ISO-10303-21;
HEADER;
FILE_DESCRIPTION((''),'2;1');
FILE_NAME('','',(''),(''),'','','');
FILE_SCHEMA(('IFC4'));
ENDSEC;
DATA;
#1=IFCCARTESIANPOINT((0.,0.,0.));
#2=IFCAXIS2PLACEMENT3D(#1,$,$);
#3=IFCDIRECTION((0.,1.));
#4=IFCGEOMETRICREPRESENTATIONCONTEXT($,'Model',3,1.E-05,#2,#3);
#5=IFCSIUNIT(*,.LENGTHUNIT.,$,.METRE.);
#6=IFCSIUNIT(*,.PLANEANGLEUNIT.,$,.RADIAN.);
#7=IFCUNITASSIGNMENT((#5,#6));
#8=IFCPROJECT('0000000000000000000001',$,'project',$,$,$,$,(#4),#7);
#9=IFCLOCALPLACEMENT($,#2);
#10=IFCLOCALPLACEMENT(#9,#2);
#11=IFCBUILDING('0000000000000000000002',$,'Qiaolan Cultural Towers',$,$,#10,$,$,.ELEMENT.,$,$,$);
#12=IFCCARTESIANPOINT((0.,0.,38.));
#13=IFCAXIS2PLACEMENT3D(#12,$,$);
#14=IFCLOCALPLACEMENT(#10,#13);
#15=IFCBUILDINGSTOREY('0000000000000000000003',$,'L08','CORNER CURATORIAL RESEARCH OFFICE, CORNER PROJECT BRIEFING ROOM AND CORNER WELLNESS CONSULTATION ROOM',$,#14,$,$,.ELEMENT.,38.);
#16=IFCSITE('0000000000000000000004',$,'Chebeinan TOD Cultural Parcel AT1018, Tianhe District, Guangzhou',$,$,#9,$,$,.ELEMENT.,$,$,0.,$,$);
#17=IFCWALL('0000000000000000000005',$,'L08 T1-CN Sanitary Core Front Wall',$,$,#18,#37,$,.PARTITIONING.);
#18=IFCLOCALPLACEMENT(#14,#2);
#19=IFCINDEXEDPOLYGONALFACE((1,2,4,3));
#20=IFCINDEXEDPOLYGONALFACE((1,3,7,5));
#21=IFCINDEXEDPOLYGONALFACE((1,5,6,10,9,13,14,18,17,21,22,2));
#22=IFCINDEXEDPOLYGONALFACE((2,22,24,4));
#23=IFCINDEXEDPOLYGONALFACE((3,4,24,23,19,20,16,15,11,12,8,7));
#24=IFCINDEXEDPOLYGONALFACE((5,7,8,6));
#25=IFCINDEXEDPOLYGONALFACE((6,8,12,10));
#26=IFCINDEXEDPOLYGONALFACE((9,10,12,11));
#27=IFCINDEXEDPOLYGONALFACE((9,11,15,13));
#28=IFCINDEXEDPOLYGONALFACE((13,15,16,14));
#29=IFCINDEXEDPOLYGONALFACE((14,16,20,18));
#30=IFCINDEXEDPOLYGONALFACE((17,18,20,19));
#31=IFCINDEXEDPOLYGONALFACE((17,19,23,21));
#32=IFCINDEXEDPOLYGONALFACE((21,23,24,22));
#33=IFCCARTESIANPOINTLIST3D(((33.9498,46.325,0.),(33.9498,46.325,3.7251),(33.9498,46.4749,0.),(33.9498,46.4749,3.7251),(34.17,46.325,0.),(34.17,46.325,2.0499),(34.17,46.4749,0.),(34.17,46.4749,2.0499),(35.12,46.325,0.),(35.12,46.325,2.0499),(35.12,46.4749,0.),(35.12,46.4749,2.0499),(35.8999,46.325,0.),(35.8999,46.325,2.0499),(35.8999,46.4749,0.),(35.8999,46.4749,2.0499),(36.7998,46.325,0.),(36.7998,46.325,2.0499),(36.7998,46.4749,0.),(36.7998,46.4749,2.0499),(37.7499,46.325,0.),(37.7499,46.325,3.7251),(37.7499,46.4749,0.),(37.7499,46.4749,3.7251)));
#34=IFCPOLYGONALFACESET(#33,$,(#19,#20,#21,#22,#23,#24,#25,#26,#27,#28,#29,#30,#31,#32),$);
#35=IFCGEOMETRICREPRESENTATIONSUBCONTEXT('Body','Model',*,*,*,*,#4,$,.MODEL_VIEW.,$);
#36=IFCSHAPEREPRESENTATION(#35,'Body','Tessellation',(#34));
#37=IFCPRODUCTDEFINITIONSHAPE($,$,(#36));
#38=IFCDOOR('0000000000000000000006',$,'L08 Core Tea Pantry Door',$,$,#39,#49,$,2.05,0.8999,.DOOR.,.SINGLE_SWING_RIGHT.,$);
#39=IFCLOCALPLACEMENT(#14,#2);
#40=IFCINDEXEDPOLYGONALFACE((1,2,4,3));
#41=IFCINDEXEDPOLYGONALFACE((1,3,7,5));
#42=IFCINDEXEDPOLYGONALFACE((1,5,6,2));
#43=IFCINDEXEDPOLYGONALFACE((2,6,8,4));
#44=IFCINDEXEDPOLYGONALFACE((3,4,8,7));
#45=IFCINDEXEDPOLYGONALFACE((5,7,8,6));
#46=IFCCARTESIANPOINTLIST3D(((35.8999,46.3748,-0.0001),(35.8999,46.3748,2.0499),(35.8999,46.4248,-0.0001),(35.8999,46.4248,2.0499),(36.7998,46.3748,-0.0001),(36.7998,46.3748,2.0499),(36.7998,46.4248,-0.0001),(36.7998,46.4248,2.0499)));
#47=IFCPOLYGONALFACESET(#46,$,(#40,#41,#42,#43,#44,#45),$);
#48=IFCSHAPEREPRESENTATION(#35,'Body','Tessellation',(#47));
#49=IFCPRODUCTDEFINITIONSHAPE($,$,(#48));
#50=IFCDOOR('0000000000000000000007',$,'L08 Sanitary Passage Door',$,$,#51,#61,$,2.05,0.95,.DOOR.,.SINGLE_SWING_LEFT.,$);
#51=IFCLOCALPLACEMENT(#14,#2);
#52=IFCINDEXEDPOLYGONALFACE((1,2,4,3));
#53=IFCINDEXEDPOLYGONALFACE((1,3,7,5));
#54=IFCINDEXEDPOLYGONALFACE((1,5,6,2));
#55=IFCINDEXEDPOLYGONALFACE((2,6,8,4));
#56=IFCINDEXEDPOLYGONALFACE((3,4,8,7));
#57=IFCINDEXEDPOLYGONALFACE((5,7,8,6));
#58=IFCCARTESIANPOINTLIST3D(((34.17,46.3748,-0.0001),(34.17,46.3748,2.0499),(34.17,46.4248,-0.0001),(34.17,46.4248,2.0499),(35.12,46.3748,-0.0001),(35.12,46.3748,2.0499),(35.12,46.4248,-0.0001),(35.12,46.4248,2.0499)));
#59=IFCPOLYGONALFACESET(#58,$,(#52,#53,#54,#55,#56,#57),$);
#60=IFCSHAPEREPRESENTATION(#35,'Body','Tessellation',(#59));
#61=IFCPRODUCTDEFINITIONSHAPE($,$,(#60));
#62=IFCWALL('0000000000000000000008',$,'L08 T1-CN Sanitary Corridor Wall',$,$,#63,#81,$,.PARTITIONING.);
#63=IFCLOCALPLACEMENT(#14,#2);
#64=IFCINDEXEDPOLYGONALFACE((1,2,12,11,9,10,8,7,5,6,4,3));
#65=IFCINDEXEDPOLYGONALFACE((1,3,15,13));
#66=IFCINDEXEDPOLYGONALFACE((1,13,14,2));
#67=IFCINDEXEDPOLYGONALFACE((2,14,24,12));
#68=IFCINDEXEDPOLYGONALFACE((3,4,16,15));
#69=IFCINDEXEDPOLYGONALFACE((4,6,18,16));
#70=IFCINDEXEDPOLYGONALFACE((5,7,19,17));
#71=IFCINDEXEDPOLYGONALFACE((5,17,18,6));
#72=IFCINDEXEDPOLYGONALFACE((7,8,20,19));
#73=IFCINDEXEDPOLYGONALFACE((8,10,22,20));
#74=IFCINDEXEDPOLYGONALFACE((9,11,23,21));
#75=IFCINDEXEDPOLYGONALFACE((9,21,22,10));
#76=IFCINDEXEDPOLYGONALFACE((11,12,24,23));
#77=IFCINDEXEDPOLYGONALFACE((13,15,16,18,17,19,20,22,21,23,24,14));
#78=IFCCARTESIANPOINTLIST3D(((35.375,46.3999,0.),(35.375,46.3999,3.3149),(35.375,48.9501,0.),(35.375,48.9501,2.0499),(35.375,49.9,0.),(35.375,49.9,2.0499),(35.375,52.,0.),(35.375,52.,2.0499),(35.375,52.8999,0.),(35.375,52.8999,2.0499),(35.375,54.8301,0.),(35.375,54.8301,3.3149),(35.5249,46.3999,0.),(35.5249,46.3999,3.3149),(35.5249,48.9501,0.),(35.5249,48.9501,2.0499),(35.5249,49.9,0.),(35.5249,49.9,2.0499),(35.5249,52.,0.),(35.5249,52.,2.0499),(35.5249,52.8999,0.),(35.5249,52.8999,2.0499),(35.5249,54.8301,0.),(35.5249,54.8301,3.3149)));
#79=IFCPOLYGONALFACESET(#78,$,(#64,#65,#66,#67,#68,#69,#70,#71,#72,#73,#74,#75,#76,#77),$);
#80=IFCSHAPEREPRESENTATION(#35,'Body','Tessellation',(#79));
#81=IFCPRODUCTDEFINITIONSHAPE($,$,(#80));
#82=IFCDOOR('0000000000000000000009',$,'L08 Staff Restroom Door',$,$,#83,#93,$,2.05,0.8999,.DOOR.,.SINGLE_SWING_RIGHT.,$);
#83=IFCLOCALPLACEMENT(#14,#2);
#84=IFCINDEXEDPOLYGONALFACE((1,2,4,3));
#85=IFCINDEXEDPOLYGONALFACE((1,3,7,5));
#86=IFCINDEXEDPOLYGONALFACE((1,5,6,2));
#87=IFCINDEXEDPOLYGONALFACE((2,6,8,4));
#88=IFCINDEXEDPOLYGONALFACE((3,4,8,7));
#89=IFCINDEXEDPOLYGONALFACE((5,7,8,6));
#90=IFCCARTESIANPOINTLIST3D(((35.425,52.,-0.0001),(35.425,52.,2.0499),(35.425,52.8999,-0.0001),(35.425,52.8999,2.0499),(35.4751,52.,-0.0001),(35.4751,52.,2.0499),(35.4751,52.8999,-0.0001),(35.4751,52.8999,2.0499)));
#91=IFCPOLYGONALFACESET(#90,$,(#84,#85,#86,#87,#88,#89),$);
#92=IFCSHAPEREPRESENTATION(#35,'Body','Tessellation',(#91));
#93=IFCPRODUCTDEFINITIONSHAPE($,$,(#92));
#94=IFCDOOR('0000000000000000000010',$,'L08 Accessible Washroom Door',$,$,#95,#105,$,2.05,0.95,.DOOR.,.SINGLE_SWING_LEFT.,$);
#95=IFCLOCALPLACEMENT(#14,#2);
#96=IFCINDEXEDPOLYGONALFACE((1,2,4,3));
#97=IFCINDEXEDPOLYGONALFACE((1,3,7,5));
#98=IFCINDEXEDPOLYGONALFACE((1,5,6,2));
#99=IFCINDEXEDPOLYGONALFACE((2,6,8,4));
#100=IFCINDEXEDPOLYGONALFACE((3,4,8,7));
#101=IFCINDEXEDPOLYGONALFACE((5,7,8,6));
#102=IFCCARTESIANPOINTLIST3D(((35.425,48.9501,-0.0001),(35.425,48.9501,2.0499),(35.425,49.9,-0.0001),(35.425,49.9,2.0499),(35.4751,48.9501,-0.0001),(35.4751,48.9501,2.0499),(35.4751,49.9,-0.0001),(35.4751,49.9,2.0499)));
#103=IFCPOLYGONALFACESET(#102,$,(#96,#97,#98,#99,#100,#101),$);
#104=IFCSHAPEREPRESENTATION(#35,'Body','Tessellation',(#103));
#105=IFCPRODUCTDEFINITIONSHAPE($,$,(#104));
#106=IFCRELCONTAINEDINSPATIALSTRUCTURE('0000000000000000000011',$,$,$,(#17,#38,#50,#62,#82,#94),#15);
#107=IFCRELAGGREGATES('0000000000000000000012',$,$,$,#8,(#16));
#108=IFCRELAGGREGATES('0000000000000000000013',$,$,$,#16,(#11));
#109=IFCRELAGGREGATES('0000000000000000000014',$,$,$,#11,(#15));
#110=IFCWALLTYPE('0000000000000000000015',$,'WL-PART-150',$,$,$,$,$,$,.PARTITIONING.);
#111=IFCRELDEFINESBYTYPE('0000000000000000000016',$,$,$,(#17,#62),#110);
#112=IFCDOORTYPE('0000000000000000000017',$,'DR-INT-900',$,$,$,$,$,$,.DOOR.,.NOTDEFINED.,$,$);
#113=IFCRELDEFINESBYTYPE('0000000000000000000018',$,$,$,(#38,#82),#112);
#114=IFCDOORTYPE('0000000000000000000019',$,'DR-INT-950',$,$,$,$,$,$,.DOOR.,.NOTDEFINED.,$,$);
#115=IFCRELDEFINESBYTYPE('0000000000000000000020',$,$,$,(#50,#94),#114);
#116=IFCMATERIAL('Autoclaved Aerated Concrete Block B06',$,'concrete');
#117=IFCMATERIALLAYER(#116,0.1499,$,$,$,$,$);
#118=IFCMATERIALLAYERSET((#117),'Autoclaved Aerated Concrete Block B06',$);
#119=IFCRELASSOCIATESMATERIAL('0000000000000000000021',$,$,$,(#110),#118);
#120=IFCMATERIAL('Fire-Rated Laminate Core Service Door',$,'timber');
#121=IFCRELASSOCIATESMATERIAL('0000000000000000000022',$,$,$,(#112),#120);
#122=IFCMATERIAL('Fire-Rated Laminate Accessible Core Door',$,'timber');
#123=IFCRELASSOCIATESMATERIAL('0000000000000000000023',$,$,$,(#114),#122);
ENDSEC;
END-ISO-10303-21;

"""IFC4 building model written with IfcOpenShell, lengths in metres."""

from ifc_helpers import new_model, si_unit, direction, frame, frame_2d, origin, place, context, subcontext, project, spatial, rectangle, extrude, material, layer, layer_set, type_object, element, fill, save


model = new_model("IFC4")

# Units and contexts
model_context = context("Model", 3, precision=1e-05, world=origin(), true_north=direction((0.0, 1.0)))
body_context = subcontext(model_context, "Body", "Model", "MODEL_VIEW")
ifc_project = project(units=[si_unit("LENGTHUNIT", "METRE"), si_unit("PLANEANGLEUNIT", "RADIAN")], contexts=[model_context])

# Site, building, storey
site_placement = place(None, origin())
site = spatial("IfcSite", under=ifc_project, at=site_placement, Name="Chebeinan TOD Cultural Parcel AT1018, Tianhe District, Guangzhou", CompositionType="ELEMENT", RefElevation=0.0)
building_placement = place(site_placement, origin())
building = spatial("IfcBuilding", under=site, at=building_placement, Name="Qiaolan Cultural Towers", CompositionType="ELEMENT")
storey_placement = place(building_placement, frame((0.0, 0.0, 38.0)))
storey = spatial("IfcBuildingStorey", under=building, at=storey_placement, Name="L08", Description="CORNER CURATORIAL RESEARCH OFFICE, CORNER PROJECT BRIEFING ROOM AND CORNER WELLNESS CONSULTATION ROOM", CompositionType="ELEMENT", Elevation=38.0)

# Shared definitions
ifc_material_1 = material(Name="Autoclaved Aerated Concrete Block B06", Category="concrete")
ifc_layer_1 = layer(ifc_material_1, 0.1499)
ifc_layer_set_1 = layer_set([ifc_layer_1], Name="Autoclaved Aerated Concrete Block B06")
wall_type_1 = type_object("IfcWallType", Name="WL-PART-150", PredefinedType="PARTITIONING", material=ifc_layer_set_1)

# Walls, openings, doors
wall_1_placement = place(storey_placement, frame((33.95, 46.3999, 0.0), z_axis=(0.0, 0.0, 1.0), x_axis=(1.0, 0.0, 0.0)))
wall_1 = element("IfcWall", 1, at=wall_1_placement, inside=storey, type_object=wall_type_1, Name="L08 T1-CN Sanitary Core Front Wall", PredefinedType="PARTITIONING", context=body_context, shape_type="SweptSolid", body=[
    extrude(rectangle(XDim=3.8, YDim=0.1499, at=frame_2d((1.8999, 0.0))), origin(), (0.0, 0.0, 1.0), 3.7251),
])
opening_1_placement = place(wall_1_placement, frame((0.22, 0.0, 0.0)))
opening_1 = element("IfcOpeningElement", 2, at=opening_1_placement, cuts=wall_1, PredefinedType="OPENING", context=body_context, shape_type="SweptSolid", body=[
    extrude(rectangle(XDim=0.95, YDim=2.05, at=frame_2d((0.4751, 1.0249))), frame((0.0, 0.085, 0.0), z_axis=(0.0, -1.0, 0.0), x_axis=(1.0, 0.0, 0.0)), (0.0, 0.0, 1.0), 0.1699),
])
opening_2_placement = place(wall_1_placement, frame((1.95, 0.0, 0.0)))
opening_2 = element("IfcOpeningElement", 3, at=opening_2_placement, cuts=wall_1, PredefinedType="OPENING", context=body_context, shape_type="SweptSolid", body=[
    extrude(rectangle(XDim=0.8999, YDim=2.05, at=frame_2d((0.45, 1.0249))), frame((0.0, 0.085, 0.0), z_axis=(0.0, -1.0, 0.0), x_axis=(1.0, 0.0, 0.0)), (0.0, 0.0, 1.0), 0.1699),
])
ifc_material_2 = material(Name="Fire-Rated Laminate Core Service Door", Category="timber")
door_type_1 = type_object("IfcDoorType", Name="DR-INT-900", OperationType="NOTDEFINED", PredefinedType="DOOR", material=ifc_material_2)
door_1_placement = place(opening_2_placement, origin())
door_1 = element("IfcDoor", 4, at=door_1_placement, inside=storey, type_object=door_type_1, Name="L08 Core Tea Pantry Door", OperationType="SINGLE_SWING_RIGHT", OverallHeight=2.05, OverallWidth=0.8999, PredefinedType="DOOR", context=body_context, shape_type="SweptSolid", body=[
    extrude(rectangle(XDim=0.8999, YDim=2.05, at=frame_2d((0.45, 1.0249))), frame((0.0, 0.0249, 0.0), z_axis=(0.0, -1.0, 0.0), x_axis=(1.0, 0.0, 0.0)), (0.0, 0.0, 1.0), 0.05),
])
fill(opening_2, door_1)
ifc_material_3 = material(Name="Fire-Rated Laminate Accessible Core Door", Category="timber")
door_type_2 = type_object("IfcDoorType", Name="DR-INT-950", OperationType="NOTDEFINED", PredefinedType="DOOR", material=ifc_material_3)
door_2_placement = place(opening_1_placement, origin())
door_2 = element("IfcDoor", 5, at=door_2_placement, inside=storey, type_object=door_type_2, Name="L08 Sanitary Passage Door", OperationType="SINGLE_SWING_LEFT", OverallHeight=2.05, OverallWidth=0.95, PredefinedType="DOOR", context=body_context, shape_type="SweptSolid", body=[
    extrude(rectangle(XDim=0.95, YDim=2.05, at=frame_2d((0.4751, 1.0249))), frame((0.0, 0.0249, 0.0), z_axis=(0.0, -1.0, 0.0), x_axis=(1.0, 0.0, 0.0)), (0.0, 0.0, 1.0), 0.05),
])
fill(opening_1, door_2)
wall_2_placement = place(storey_placement, frame((35.45, 46.3999, 0.0), z_axis=(0.0, 0.0, 1.0), x_axis=(0.0, 1.0, 0.0)))
wall_2 = element("IfcWall", 6, at=wall_2_placement, inside=storey, type_object=wall_type_1, Name="L08 T1-CN Sanitary Corridor Wall", PredefinedType="PARTITIONING", context=body_context, shape_type="SweptSolid", body=[
    extrude(rectangle(XDim=8.4302, YDim=0.1499, at=frame_2d((4.2151, 0.0))), origin(), (0.0, 0.0, 1.0), 3.3149),
])
opening_3_placement = place(wall_2_placement, frame((2.55, 0.0, 0.0)))
opening_3 = element("IfcOpeningElement", 7, at=opening_3_placement, cuts=wall_2, PredefinedType="OPENING", context=body_context, shape_type="SweptSolid", body=[
    extrude(rectangle(XDim=0.95, YDim=2.05, at=frame_2d((0.4751, 1.0249))), frame((0.0, 0.085, 0.0), z_axis=(0.0, -1.0, 0.0), x_axis=(1.0, 0.0, 0.0)), (0.0, 0.0, 1.0), 0.1699),
])
opening_4_placement = place(wall_2_placement, frame((5.6001, 0.0, 0.0)))
opening_4 = element("IfcOpeningElement", 8, at=opening_4_placement, cuts=wall_2, PredefinedType="OPENING", context=body_context, shape_type="SweptSolid", body=[
    extrude(rectangle(XDim=0.8999, YDim=2.05, at=frame_2d((0.45, 1.0249))), frame((0.0, 0.085, 0.0), z_axis=(0.0, -1.0, 0.0), x_axis=(1.0, 0.0, 0.0)), (0.0, 0.0, 1.0), 0.1699),
])
door_3_placement = place(opening_4_placement, origin())
door_3 = element("IfcDoor", 9, at=door_3_placement, inside=storey, type_object=door_type_1, Name="L08 Staff Restroom Door", OperationType="SINGLE_SWING_RIGHT", OverallHeight=2.05, OverallWidth=0.8999, PredefinedType="DOOR", context=body_context, shape_type="SweptSolid", body=[
    extrude(rectangle(XDim=0.8999, YDim=2.05, at=frame_2d((0.45, 1.0249))), frame((0.0, 0.0249, 0.0), z_axis=(0.0, -1.0, 0.0), x_axis=(1.0, 0.0, 0.0)), (0.0, 0.0, 1.0), 0.05),
])
fill(opening_4, door_3)
door_4_placement = place(opening_3_placement, origin())
door_4 = element("IfcDoor", 10, at=door_4_placement, inside=storey, type_object=door_type_2, Name="L08 Accessible Washroom Door", OperationType="SINGLE_SWING_LEFT", OverallHeight=2.05, OverallWidth=0.95, PredefinedType="DOOR", context=body_context, shape_type="SweptSolid", body=[
    extrude(rectangle(XDim=0.95, YDim=2.05, at=frame_2d((0.4751, 1.0249))), frame((0.0, 0.0249, 0.0), z_axis=(0.0, -1.0, 0.0), x_axis=(1.0, 0.0, 0.0)), (0.0, 0.0, 1.0), 0.05),
])
fill(opening_3, door_4)

save(model, "model.ifc")
